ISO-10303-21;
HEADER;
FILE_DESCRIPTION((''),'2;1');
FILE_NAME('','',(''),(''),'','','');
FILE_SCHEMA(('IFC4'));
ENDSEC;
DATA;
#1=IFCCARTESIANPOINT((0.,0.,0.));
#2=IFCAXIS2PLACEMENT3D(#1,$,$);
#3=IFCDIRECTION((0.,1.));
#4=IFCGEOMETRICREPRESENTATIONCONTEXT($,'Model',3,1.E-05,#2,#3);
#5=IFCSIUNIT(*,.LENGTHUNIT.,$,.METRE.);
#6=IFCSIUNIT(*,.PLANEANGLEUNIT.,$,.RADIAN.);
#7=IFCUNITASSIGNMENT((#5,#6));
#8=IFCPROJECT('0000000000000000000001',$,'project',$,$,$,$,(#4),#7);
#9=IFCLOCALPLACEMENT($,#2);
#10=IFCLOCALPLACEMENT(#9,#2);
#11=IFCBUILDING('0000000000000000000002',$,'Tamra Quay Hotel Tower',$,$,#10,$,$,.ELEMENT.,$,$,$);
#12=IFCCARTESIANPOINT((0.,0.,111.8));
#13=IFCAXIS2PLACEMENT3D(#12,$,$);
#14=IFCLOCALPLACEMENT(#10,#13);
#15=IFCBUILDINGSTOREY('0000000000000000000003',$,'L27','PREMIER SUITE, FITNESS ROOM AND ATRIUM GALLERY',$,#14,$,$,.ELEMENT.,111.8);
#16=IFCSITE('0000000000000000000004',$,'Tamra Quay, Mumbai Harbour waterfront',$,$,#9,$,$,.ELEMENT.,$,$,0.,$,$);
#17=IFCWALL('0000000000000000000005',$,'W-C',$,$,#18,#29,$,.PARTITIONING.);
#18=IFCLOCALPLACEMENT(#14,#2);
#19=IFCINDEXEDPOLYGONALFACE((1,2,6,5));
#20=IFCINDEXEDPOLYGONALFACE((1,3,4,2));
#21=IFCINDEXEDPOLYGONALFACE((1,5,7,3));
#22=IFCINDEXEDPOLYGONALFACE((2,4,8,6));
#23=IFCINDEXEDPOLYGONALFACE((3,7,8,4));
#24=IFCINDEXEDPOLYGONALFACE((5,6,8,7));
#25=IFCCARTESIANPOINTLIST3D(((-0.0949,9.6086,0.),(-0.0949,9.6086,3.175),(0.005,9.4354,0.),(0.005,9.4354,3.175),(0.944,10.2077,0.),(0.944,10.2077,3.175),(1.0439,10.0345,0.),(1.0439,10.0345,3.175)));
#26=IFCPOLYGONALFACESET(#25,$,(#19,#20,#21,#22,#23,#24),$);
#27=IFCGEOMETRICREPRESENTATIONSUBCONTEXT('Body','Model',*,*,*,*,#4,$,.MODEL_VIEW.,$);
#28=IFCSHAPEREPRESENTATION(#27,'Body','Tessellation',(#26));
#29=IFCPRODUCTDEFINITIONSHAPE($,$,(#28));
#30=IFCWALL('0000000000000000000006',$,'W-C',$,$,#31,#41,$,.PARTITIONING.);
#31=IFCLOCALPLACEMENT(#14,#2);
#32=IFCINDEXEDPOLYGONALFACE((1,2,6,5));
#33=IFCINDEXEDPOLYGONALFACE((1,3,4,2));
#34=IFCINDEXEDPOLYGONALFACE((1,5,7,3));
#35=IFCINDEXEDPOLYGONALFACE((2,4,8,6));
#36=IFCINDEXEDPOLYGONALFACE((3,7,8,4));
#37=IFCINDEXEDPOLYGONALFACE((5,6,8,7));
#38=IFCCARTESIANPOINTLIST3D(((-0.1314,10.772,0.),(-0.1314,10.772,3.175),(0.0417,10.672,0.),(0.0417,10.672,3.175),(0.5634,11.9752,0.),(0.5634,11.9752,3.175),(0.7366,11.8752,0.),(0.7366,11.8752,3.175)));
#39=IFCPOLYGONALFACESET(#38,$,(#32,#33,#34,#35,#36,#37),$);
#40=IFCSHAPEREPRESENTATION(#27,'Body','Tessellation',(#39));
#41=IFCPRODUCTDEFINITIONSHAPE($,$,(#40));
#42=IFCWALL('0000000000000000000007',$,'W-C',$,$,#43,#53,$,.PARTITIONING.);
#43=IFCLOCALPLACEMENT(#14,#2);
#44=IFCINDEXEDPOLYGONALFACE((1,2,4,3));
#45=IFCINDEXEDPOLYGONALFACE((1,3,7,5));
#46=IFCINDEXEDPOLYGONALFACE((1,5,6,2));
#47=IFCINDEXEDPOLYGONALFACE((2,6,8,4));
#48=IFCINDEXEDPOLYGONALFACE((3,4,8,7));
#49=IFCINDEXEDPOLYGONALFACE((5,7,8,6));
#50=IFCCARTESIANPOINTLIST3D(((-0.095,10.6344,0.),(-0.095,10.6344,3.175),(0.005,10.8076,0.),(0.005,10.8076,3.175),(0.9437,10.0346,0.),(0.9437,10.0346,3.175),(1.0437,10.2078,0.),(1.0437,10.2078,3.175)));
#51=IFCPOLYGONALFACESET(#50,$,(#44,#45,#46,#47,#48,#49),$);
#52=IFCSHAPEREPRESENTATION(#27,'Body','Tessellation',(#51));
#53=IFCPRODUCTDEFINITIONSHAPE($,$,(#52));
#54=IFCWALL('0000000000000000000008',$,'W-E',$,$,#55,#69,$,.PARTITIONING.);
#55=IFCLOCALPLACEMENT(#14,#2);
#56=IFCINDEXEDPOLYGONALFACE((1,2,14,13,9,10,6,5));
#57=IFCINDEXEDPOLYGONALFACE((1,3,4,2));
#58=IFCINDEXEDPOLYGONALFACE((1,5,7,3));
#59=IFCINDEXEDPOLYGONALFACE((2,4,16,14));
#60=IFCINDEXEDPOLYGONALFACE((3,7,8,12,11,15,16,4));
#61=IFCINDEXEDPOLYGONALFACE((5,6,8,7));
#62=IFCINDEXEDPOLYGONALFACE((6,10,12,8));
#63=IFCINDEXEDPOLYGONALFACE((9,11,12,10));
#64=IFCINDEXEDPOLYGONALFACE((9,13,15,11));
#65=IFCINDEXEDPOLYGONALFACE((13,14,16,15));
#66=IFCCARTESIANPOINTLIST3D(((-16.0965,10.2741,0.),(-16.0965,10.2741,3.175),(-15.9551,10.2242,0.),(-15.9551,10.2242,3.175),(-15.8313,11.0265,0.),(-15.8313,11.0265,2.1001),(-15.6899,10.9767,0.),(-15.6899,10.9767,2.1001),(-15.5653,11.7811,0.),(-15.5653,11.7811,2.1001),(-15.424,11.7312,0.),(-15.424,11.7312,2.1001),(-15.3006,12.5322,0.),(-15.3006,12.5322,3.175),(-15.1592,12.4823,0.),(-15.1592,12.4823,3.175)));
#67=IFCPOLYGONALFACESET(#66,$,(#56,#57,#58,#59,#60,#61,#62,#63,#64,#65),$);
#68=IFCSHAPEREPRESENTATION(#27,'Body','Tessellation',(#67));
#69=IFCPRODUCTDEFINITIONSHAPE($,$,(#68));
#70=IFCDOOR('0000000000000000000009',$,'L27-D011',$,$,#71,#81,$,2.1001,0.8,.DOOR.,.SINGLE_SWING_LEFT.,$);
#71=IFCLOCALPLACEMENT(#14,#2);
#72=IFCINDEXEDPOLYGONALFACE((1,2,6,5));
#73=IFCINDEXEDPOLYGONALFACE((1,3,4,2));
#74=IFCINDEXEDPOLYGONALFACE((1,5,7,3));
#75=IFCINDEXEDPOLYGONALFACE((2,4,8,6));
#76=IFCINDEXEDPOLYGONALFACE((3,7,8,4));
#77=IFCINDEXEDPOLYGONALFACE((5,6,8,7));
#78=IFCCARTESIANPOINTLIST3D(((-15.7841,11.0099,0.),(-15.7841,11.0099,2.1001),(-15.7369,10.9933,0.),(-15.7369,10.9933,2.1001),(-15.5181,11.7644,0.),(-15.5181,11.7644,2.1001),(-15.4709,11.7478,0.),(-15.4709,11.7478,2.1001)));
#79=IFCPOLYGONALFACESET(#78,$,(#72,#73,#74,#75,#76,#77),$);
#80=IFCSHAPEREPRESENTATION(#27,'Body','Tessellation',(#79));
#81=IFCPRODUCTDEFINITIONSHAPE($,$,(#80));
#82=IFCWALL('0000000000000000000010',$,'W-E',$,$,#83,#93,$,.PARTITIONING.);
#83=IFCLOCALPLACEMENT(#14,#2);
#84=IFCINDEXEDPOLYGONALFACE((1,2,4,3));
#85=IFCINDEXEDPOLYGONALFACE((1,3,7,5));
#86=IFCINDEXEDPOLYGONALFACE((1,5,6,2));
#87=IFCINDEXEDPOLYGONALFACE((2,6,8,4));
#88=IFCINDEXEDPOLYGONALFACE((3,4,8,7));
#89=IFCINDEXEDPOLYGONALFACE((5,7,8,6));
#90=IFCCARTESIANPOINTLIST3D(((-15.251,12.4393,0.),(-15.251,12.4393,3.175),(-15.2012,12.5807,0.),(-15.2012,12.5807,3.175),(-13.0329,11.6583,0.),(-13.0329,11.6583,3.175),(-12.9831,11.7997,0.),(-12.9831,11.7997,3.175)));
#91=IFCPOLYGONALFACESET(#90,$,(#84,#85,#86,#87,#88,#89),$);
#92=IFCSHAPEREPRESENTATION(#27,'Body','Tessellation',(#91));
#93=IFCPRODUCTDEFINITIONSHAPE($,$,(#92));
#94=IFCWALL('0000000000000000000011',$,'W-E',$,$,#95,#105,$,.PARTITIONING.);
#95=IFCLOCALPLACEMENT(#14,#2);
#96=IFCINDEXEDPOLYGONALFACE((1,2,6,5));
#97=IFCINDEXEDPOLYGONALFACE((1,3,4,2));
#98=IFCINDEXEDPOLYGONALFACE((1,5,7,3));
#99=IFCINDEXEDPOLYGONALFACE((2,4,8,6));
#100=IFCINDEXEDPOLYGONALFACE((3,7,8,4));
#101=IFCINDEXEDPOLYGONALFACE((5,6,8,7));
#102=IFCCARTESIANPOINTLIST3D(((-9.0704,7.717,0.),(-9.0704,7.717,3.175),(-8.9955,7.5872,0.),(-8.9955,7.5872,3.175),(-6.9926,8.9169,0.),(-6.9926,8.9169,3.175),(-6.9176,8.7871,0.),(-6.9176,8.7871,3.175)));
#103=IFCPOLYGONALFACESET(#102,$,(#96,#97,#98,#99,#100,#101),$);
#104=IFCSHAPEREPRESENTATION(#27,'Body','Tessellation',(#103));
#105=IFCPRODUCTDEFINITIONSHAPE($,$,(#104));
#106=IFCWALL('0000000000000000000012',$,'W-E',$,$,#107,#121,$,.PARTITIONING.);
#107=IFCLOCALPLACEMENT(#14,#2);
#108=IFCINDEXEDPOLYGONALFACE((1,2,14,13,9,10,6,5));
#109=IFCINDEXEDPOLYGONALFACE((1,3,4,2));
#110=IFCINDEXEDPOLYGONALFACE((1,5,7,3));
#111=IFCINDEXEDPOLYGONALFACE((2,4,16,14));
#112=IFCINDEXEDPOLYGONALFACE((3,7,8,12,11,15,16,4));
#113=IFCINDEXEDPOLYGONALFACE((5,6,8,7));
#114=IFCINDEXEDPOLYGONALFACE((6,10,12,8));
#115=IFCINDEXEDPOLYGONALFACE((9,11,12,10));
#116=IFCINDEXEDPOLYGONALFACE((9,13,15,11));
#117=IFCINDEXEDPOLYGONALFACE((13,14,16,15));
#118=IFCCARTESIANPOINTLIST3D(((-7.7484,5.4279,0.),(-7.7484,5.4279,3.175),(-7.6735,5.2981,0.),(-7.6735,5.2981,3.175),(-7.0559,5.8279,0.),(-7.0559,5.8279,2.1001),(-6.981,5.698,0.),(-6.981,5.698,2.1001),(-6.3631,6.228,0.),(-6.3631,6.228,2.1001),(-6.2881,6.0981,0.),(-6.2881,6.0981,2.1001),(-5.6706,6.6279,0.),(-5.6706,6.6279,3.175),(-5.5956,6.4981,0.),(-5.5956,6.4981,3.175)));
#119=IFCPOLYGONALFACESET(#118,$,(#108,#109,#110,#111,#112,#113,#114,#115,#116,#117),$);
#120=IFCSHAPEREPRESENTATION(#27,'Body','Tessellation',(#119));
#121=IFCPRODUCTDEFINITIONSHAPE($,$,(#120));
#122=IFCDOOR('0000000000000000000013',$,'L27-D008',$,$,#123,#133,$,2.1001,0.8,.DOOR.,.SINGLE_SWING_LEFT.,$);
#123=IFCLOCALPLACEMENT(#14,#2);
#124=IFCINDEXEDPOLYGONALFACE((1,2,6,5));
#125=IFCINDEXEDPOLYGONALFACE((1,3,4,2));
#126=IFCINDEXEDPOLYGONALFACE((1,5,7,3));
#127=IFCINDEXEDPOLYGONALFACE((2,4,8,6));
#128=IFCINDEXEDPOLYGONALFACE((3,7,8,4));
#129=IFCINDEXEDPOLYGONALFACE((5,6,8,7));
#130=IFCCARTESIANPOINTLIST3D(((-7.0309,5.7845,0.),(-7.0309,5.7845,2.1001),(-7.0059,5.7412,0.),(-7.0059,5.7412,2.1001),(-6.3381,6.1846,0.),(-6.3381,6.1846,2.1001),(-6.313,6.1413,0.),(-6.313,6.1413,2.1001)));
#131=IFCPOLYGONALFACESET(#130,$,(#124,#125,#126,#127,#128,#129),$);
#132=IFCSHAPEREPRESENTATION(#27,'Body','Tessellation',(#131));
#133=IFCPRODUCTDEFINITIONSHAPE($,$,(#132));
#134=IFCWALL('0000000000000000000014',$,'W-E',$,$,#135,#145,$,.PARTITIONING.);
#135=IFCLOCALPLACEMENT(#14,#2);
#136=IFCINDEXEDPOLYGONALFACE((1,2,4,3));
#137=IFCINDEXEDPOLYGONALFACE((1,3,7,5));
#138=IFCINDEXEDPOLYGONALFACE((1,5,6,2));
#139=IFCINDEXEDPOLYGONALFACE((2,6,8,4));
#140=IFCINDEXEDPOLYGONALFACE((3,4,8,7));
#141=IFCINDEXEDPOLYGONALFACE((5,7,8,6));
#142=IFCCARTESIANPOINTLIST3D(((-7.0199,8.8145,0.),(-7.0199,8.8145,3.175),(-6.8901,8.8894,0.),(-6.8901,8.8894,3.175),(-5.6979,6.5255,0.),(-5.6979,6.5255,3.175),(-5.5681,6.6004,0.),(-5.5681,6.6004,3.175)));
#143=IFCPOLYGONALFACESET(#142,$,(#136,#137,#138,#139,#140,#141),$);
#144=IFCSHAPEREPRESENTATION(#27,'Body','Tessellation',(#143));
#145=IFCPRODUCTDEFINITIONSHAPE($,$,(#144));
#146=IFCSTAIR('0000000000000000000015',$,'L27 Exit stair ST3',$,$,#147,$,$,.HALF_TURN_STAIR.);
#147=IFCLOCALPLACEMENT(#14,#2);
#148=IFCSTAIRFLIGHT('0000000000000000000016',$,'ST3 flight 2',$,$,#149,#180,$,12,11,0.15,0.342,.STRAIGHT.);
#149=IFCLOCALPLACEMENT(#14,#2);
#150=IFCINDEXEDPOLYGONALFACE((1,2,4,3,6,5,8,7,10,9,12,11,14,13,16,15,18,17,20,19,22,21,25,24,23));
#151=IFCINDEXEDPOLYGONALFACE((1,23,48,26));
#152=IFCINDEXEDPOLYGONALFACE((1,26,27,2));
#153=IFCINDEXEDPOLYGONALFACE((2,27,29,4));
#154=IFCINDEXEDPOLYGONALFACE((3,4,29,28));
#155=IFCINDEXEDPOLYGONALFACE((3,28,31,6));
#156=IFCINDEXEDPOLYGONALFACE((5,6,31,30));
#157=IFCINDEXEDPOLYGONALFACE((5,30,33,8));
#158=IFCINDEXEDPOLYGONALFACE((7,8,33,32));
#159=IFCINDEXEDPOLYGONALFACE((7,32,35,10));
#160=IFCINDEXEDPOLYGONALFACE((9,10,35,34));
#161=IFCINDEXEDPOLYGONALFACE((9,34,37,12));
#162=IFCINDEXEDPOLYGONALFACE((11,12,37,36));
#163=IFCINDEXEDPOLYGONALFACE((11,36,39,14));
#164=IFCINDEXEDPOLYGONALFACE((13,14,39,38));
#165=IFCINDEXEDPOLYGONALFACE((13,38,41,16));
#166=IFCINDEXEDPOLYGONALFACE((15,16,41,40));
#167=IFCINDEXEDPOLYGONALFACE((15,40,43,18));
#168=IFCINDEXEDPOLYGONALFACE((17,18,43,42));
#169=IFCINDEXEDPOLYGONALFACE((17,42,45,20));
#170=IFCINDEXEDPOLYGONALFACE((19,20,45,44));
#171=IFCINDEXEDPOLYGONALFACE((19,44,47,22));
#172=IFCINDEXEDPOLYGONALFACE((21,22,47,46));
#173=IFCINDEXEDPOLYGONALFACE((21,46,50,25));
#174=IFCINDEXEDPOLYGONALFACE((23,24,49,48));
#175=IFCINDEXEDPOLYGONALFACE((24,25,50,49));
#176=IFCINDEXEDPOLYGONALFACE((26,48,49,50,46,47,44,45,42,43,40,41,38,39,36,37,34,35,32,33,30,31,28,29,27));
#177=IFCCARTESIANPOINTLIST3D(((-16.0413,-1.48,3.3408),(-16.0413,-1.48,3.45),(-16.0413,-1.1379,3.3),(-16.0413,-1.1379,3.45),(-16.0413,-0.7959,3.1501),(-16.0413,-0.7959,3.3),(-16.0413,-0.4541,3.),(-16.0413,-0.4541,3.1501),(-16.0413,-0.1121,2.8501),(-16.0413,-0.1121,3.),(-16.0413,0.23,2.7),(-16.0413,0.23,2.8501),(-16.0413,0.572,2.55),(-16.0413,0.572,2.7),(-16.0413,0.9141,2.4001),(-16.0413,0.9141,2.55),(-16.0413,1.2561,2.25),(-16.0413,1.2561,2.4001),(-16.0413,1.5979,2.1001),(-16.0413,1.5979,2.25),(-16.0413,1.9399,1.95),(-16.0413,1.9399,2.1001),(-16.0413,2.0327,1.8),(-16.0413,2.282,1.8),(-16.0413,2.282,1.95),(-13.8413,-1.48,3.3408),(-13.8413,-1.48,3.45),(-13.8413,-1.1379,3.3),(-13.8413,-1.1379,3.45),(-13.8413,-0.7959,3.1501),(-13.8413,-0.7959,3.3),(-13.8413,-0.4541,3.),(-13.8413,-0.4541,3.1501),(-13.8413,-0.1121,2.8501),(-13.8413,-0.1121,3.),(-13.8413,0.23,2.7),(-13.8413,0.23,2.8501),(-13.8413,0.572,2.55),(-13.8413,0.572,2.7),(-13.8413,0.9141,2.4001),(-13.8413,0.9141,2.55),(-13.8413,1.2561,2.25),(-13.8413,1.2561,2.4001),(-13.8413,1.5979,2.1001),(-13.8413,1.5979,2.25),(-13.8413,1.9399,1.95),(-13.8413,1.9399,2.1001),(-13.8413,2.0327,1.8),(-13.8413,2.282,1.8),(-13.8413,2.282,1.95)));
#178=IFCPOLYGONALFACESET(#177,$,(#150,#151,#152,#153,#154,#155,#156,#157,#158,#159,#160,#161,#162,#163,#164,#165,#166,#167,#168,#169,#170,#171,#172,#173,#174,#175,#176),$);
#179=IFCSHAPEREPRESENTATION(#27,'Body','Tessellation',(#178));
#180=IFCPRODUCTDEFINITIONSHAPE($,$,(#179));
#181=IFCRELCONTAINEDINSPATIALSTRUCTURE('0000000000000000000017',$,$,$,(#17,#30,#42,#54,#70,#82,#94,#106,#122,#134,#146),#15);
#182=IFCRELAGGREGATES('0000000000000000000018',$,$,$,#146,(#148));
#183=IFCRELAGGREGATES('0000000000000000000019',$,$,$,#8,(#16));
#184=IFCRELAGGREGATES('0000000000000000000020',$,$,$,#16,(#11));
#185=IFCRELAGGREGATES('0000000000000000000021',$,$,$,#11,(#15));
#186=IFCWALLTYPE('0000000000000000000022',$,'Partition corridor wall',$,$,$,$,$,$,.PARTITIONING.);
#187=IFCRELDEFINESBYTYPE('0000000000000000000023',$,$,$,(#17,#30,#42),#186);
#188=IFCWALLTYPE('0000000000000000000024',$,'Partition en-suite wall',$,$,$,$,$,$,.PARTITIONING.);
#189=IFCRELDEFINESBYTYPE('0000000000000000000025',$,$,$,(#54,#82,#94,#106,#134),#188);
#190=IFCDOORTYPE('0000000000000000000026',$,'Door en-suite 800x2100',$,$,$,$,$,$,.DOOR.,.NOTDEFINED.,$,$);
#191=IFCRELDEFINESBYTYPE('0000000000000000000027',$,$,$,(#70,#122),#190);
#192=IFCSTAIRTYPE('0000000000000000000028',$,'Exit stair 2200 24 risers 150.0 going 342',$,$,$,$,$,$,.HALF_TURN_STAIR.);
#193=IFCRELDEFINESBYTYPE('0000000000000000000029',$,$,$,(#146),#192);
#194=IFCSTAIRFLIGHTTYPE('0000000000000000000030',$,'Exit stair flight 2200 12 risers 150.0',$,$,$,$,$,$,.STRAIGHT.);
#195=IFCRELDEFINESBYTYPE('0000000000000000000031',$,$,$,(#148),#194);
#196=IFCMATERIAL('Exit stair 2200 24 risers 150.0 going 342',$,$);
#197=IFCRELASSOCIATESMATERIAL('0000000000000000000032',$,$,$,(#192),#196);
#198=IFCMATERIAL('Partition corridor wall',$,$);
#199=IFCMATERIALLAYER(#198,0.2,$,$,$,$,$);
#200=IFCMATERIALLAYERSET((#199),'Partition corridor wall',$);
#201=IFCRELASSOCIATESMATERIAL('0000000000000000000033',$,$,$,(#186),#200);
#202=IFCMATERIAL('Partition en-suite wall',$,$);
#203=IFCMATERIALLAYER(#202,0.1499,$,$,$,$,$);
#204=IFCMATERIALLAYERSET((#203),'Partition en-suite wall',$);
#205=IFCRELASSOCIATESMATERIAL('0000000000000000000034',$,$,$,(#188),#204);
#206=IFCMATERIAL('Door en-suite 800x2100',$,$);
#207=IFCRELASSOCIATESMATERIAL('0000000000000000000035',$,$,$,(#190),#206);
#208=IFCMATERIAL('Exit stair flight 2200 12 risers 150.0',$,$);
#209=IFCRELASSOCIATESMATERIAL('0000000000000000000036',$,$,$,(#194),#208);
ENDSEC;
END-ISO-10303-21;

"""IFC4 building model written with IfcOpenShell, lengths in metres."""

from ifc_helpers import new_model, si_unit, direction, frame, frame_2d, origin, place, context, subcontext, project, spatial, polyline, rectangle, outline, extrude, material, layer, layer_set, type_object, element, fill, aggregate, save


model = new_model("IFC4")

# Units and contexts
model_context = context("Model", 3, precision=1e-05, world=origin(), true_north=direction((0.0, 1.0)))
body_context = subcontext(model_context, "Body", "Model", "MODEL_VIEW")
ifc_project = project(units=[si_unit("LENGTHUNIT", "METRE"), si_unit("PLANEANGLEUNIT", "RADIAN")], contexts=[model_context])

# Site, building, storey
site_placement = place(None, origin())
site = spatial("IfcSite", under=ifc_project, at=site_placement, Name="Tamra Quay, Mumbai Harbour waterfront", CompositionType="ELEMENT", RefElevation=0.0)
building_placement = place(site_placement, origin())
building = spatial("IfcBuilding", under=site, at=building_placement, Name="Tamra Quay Hotel Tower", CompositionType="ELEMENT")
storey_placement = place(building_placement, frame((0.0, 0.0, 111.8)))
storey = spatial("IfcBuildingStorey", under=building, at=storey_placement, Name="L27", Description="PREMIER SUITE, FITNESS ROOM AND ATRIUM GALLERY", CompositionType="ELEMENT", Elevation=111.8)

# Shared definitions
ifc_material_1 = material(Name="Exit stair 2200 24 risers 150.0 going 342")
stair_type = type_object("IfcStairType", Name="Exit stair 2200 24 risers 150.0 going 342", PredefinedType="HALF_TURN_STAIR", material=ifc_material_1)

# Shared definitions
ifc_material_2 = material(Name="Partition corridor wall")
ifc_layer_1 = layer(ifc_material_2, 0.2)
ifc_layer_set_1 = layer_set([ifc_layer_1], Name="Partition corridor wall")
wall_type_1 = type_object("IfcWallType", Name="Partition corridor wall", PredefinedType="PARTITIONING", material=ifc_layer_set_1)

# Walls
wall_1_placement = place(storey_placement, frame((-0.0449, 9.522, 0.0), z_axis=(0.0, 0.0, 1.0), x_axis=(0.866257, 0.499599, 0.0)))
element("IfcWall", 1, at=wall_1_placement, inside=storey, type_object=wall_type_1, Name="W-C", PredefinedType="PARTITIONING", context=body_context, shape_type="SweptSolid", body=[
    extrude(rectangle(XDim=1.1992, YDim=0.2, at=frame_2d((0.5996, 0.0))), origin(), (0.0, 0.0, 1.0), 3.175),
])
wall_2_placement = place(storey_placement, frame((-0.0449, 10.7219, 0.0), z_axis=(0.0, 0.0, 1.0), x_axis=(0.500108, 0.865963, 0.0)))
element("IfcWall", 2, at=wall_2_placement, inside=storey, type_object=wall_type_1, Name="W-C", PredefinedType="PARTITIONING", context=body_context, shape_type="SweptSolid", body=[
    extrude(rectangle(XDim=1.3894, YDim=0.2, at=frame_2d((0.6948, 0.0))), origin(), (0.0, 0.0, 1.0), 3.175),
])
wall_3_placement = place(storey_placement, frame((-0.0449, 10.7209, 0.0), z_axis=(0.0, 0.0, 1.0), x_axis=(0.865992, -0.500057, 0.0)))
element("IfcWall", 3, at=wall_3_placement, inside=storey, type_object=wall_type_1, Name="W-C", PredefinedType="PARTITIONING", context=body_context, shape_type="SweptSolid", body=[
    extrude(rectangle(XDim=1.1995, YDim=0.2, at=frame_2d((0.5996, 0.0))), origin(), (0.0, 0.0, 1.0), 3.175),
])

# Wall, opening, door
ifc_material_3 = material(Name="Partition en-suite wall")
ifc_layer_2 = layer(ifc_material_3, 0.1499)
ifc_layer_set_2 = layer_set([ifc_layer_2], Name="Partition en-suite wall")
wall_type_2 = type_object("IfcWallType", Name="Partition en-suite wall", PredefinedType="PARTITIONING", material=ifc_layer_set_2)
wall_4_placement = place(storey_placement, frame((-16.0259, 10.249, 0.0), z_axis=(0.0, 0.0, 1.0), x_axis=(0.332425, 0.94313, 0.0)))
wall_4 = element("IfcWall", 4, at=wall_4_placement, inside=storey, type_object=wall_type_2, Name="W-E", PredefinedType="PARTITIONING", context=body_context, shape_type="SweptSolid", body=[
    extrude(rectangle(XDim=2.3943, YDim=0.1499, at=frame_2d((1.1973, 0.0))), origin(), (0.0, 0.0, 1.0), 3.175),
])
opening_1_placement = place(wall_4_placement, frame((0.7981, 0.0, 0.0)))
opening_1 = element("IfcOpeningElement", 5, at=opening_1_placement, cuts=wall_4, PredefinedType="OPENING", context=body_context, shape_type="SweptSolid", body=[
    extrude(rectangle(XDim=0.8, YDim=2.1001, at=frame_2d((0.3999, 1.05))), frame((0.0, 0.085, 0.0), z_axis=(0.0, -1.0, 0.0), x_axis=(1.0, 0.0, 0.0)), (0.0, 0.0, 1.0), 0.1699),
])
ifc_material_4 = material(Name="Door en-suite 800x2100")
door_type_1 = type_object("IfcDoorType", Name="Door en-suite 800x2100", OperationType="NOTDEFINED", PredefinedType="DOOR", material=ifc_material_4)
door_1_placement = place(opening_1_placement, origin())
door_1 = element("IfcDoor", 6, at=door_1_placement, inside=storey, type_object=door_type_1, Name="L27-D011", OperationType="SINGLE_SWING_LEFT", OverallHeight=2.1001, OverallWidth=0.8, PredefinedType="DOOR", context=body_context, shape_type="SweptSolid", body=[
    extrude(rectangle(XDim=0.8, YDim=2.1001, at=frame_2d((0.3999, 1.05))), frame((0.0, 0.0249, 0.0), z_axis=(0.0, -1.0, 0.0), x_axis=(1.0, 0.0, 0.0)), (0.0, 0.0, 1.0), 0.05),
])
fill(opening_1, door_1)

# Walls
wall_5_placement = place(storey_placement, frame((-15.2261, 12.51, 0.0), z_axis=(0.0, 0.0, 1.0), x_axis=(0.943234, -0.33213, 0.0)))
element("IfcWall", 7, at=wall_5_placement, inside=storey, type_object=wall_type_2, Name="W-E", PredefinedType="PARTITIONING", context=body_context, shape_type="SweptSolid", body=[
    extrude(rectangle(XDim=2.3516, YDim=0.1499, at=frame_2d((1.1758, 0.0))), origin(), (0.0, 0.0, 1.0), 3.175),
])
wall_6_placement = place(storey_placement, frame((-9.033, 7.6521, 0.0), z_axis=(0.0, 0.0, 1.0), x_axis=(0.865974, 0.500089, 0.0)))
element("IfcWall", 8, at=wall_6_placement, inside=storey, type_object=wall_type_2, Name="W-E", PredefinedType="PARTITIONING", context=body_context, shape_type="SweptSolid", body=[
    extrude(rectangle(XDim=2.3994, YDim=0.1499, at=frame_2d((1.1997, 0.0))), origin(), (0.0, 0.0, 1.0), 3.175),
])

# Wall, opening, door
wall_7_placement = place(storey_placement, frame((-7.7109, 5.363, 0.0), z_axis=(0.0, 0.0, 1.0), x_axis=(0.865974, 0.500089, 0.0)))
wall_7 = element("IfcWall", 9, at=wall_7_placement, inside=storey, type_object=wall_type_2, Name="W-E", PredefinedType="PARTITIONING", context=body_context, shape_type="SweptSolid", body=[
    extrude(rectangle(XDim=2.3994, YDim=0.1499, at=frame_2d((1.1997, 0.0))), origin(), (0.0, 0.0, 1.0), 3.175),
])
opening_2_placement = place(wall_7_placement, frame((0.7998, 0.0, 0.0)))
opening_2 = element("IfcOpeningElement", 10, at=opening_2_placement, cuts=wall_7, PredefinedType="OPENING", context=body_context, shape_type="SweptSolid", body=[
    extrude(rectangle(XDim=0.8, YDim=2.1001, at=frame_2d((0.3999, 1.05))), frame((0.0, 0.085, 0.0), z_axis=(0.0, -1.0, 0.0), x_axis=(1.0, 0.0, 0.0)), (0.0, 0.0, 1.0), 0.1699),
])
door_2_placement = place(opening_2_placement, origin())
door_2 = element("IfcDoor", 11, at=door_2_placement, inside=storey, type_object=door_type_1, Name="L27-D008", OperationType="SINGLE_SWING_LEFT", OverallHeight=2.1001, OverallWidth=0.8, PredefinedType="DOOR", context=body_context, shape_type="SweptSolid", body=[
    extrude(rectangle(XDim=0.8, YDim=2.1001, at=frame_2d((0.3999, 1.05))), frame((0.0, 0.0249, 0.0), z_axis=(0.0, -1.0, 0.0), x_axis=(1.0, 0.0, 0.0)), (0.0, 0.0, 1.0), 0.05),
])
fill(opening_2, door_2)

# Wall
wall_8_placement = place(storey_placement, frame((-6.9551, 8.8521, 0.0), z_axis=(0.0, 0.0, 1.0), x_axis=(0.500122, -0.865955, 0.0)))
element("IfcWall", 12, at=wall_8_placement, inside=storey, type_object=wall_type_2, Name="W-E", PredefinedType="PARTITIONING", context=body_context, shape_type="SweptSolid", body=[
    extrude(rectangle(XDim=2.6433, YDim=0.1499, at=frame_2d((1.3218, 0.0))), origin(), (0.0, 0.0, 1.0), 3.175),
])

# Stair, stair flight
stair_1_placement = place(storey_placement, origin())
stair_1 = element("IfcStair", 13, at=stair_1_placement, inside=storey, type_object=stair_type, Name="L27 Exit stair ST3", PredefinedType="HALF_TURN_STAIR")
ifc_material_5 = material(Name="Exit stair flight 2200 12 risers 150.0")
stair_flight_type = type_object("IfcStairFlightType", Name="Exit stair flight 2200 12 risers 150.0", PredefinedType="STRAIGHT", material=ifc_material_5)
stair_flight_placement = place(storey_placement, frame((-14.9414, 2.282, 1.8), z_axis=(0.0, 0.0, 1.0), x_axis=(0.0, -1.0, 0.0)))
stair_flight = element("IfcStairFlight", 14, at=stair_flight_placement, type_object=stair_flight_type, Name="ST3 flight 2", NumberOfRisers=12, NumberOfTreads=11, PredefinedType="STRAIGHT", RiserHeight=0.15, TreadLength=0.342, context=body_context, shape_type="SweptSolid", body=[
    extrude(outline(polyline([(0.0, 0.0), (0.0, 0.1499), (0.342, 0.1499), (0.342, 0.3), (0.6841, 0.3), (0.6841, 0.45), (1.0259, 0.45), (1.0259, 0.6001), (1.3679, 0.6001), (1.3679, 0.75), (1.71, 0.75), (1.71, 0.8999), (2.052, 0.8999), (2.052, 1.05), (2.394, 1.05), (2.394, 1.2), (2.7361, 1.2), (2.7361, 1.3501), (3.0779, 1.3501), (3.0779, 1.5), (3.4199, 1.5), (3.4199, 1.6499), (3.762, 1.6499), (3.762, 1.8), (3.762, 1.5408), (0.2493, 0.0), (0.0, 0.0)])), frame((0.0, 1.1001, 0.0), z_axis=(0.0, -1.0, 0.0), x_axis=(1.0, 0.0, 0.0)), (0.0, 0.0, 1.0), 2.2),
])
aggregate(stair_1, [stair_flight])

save(model, "model.ifc")
